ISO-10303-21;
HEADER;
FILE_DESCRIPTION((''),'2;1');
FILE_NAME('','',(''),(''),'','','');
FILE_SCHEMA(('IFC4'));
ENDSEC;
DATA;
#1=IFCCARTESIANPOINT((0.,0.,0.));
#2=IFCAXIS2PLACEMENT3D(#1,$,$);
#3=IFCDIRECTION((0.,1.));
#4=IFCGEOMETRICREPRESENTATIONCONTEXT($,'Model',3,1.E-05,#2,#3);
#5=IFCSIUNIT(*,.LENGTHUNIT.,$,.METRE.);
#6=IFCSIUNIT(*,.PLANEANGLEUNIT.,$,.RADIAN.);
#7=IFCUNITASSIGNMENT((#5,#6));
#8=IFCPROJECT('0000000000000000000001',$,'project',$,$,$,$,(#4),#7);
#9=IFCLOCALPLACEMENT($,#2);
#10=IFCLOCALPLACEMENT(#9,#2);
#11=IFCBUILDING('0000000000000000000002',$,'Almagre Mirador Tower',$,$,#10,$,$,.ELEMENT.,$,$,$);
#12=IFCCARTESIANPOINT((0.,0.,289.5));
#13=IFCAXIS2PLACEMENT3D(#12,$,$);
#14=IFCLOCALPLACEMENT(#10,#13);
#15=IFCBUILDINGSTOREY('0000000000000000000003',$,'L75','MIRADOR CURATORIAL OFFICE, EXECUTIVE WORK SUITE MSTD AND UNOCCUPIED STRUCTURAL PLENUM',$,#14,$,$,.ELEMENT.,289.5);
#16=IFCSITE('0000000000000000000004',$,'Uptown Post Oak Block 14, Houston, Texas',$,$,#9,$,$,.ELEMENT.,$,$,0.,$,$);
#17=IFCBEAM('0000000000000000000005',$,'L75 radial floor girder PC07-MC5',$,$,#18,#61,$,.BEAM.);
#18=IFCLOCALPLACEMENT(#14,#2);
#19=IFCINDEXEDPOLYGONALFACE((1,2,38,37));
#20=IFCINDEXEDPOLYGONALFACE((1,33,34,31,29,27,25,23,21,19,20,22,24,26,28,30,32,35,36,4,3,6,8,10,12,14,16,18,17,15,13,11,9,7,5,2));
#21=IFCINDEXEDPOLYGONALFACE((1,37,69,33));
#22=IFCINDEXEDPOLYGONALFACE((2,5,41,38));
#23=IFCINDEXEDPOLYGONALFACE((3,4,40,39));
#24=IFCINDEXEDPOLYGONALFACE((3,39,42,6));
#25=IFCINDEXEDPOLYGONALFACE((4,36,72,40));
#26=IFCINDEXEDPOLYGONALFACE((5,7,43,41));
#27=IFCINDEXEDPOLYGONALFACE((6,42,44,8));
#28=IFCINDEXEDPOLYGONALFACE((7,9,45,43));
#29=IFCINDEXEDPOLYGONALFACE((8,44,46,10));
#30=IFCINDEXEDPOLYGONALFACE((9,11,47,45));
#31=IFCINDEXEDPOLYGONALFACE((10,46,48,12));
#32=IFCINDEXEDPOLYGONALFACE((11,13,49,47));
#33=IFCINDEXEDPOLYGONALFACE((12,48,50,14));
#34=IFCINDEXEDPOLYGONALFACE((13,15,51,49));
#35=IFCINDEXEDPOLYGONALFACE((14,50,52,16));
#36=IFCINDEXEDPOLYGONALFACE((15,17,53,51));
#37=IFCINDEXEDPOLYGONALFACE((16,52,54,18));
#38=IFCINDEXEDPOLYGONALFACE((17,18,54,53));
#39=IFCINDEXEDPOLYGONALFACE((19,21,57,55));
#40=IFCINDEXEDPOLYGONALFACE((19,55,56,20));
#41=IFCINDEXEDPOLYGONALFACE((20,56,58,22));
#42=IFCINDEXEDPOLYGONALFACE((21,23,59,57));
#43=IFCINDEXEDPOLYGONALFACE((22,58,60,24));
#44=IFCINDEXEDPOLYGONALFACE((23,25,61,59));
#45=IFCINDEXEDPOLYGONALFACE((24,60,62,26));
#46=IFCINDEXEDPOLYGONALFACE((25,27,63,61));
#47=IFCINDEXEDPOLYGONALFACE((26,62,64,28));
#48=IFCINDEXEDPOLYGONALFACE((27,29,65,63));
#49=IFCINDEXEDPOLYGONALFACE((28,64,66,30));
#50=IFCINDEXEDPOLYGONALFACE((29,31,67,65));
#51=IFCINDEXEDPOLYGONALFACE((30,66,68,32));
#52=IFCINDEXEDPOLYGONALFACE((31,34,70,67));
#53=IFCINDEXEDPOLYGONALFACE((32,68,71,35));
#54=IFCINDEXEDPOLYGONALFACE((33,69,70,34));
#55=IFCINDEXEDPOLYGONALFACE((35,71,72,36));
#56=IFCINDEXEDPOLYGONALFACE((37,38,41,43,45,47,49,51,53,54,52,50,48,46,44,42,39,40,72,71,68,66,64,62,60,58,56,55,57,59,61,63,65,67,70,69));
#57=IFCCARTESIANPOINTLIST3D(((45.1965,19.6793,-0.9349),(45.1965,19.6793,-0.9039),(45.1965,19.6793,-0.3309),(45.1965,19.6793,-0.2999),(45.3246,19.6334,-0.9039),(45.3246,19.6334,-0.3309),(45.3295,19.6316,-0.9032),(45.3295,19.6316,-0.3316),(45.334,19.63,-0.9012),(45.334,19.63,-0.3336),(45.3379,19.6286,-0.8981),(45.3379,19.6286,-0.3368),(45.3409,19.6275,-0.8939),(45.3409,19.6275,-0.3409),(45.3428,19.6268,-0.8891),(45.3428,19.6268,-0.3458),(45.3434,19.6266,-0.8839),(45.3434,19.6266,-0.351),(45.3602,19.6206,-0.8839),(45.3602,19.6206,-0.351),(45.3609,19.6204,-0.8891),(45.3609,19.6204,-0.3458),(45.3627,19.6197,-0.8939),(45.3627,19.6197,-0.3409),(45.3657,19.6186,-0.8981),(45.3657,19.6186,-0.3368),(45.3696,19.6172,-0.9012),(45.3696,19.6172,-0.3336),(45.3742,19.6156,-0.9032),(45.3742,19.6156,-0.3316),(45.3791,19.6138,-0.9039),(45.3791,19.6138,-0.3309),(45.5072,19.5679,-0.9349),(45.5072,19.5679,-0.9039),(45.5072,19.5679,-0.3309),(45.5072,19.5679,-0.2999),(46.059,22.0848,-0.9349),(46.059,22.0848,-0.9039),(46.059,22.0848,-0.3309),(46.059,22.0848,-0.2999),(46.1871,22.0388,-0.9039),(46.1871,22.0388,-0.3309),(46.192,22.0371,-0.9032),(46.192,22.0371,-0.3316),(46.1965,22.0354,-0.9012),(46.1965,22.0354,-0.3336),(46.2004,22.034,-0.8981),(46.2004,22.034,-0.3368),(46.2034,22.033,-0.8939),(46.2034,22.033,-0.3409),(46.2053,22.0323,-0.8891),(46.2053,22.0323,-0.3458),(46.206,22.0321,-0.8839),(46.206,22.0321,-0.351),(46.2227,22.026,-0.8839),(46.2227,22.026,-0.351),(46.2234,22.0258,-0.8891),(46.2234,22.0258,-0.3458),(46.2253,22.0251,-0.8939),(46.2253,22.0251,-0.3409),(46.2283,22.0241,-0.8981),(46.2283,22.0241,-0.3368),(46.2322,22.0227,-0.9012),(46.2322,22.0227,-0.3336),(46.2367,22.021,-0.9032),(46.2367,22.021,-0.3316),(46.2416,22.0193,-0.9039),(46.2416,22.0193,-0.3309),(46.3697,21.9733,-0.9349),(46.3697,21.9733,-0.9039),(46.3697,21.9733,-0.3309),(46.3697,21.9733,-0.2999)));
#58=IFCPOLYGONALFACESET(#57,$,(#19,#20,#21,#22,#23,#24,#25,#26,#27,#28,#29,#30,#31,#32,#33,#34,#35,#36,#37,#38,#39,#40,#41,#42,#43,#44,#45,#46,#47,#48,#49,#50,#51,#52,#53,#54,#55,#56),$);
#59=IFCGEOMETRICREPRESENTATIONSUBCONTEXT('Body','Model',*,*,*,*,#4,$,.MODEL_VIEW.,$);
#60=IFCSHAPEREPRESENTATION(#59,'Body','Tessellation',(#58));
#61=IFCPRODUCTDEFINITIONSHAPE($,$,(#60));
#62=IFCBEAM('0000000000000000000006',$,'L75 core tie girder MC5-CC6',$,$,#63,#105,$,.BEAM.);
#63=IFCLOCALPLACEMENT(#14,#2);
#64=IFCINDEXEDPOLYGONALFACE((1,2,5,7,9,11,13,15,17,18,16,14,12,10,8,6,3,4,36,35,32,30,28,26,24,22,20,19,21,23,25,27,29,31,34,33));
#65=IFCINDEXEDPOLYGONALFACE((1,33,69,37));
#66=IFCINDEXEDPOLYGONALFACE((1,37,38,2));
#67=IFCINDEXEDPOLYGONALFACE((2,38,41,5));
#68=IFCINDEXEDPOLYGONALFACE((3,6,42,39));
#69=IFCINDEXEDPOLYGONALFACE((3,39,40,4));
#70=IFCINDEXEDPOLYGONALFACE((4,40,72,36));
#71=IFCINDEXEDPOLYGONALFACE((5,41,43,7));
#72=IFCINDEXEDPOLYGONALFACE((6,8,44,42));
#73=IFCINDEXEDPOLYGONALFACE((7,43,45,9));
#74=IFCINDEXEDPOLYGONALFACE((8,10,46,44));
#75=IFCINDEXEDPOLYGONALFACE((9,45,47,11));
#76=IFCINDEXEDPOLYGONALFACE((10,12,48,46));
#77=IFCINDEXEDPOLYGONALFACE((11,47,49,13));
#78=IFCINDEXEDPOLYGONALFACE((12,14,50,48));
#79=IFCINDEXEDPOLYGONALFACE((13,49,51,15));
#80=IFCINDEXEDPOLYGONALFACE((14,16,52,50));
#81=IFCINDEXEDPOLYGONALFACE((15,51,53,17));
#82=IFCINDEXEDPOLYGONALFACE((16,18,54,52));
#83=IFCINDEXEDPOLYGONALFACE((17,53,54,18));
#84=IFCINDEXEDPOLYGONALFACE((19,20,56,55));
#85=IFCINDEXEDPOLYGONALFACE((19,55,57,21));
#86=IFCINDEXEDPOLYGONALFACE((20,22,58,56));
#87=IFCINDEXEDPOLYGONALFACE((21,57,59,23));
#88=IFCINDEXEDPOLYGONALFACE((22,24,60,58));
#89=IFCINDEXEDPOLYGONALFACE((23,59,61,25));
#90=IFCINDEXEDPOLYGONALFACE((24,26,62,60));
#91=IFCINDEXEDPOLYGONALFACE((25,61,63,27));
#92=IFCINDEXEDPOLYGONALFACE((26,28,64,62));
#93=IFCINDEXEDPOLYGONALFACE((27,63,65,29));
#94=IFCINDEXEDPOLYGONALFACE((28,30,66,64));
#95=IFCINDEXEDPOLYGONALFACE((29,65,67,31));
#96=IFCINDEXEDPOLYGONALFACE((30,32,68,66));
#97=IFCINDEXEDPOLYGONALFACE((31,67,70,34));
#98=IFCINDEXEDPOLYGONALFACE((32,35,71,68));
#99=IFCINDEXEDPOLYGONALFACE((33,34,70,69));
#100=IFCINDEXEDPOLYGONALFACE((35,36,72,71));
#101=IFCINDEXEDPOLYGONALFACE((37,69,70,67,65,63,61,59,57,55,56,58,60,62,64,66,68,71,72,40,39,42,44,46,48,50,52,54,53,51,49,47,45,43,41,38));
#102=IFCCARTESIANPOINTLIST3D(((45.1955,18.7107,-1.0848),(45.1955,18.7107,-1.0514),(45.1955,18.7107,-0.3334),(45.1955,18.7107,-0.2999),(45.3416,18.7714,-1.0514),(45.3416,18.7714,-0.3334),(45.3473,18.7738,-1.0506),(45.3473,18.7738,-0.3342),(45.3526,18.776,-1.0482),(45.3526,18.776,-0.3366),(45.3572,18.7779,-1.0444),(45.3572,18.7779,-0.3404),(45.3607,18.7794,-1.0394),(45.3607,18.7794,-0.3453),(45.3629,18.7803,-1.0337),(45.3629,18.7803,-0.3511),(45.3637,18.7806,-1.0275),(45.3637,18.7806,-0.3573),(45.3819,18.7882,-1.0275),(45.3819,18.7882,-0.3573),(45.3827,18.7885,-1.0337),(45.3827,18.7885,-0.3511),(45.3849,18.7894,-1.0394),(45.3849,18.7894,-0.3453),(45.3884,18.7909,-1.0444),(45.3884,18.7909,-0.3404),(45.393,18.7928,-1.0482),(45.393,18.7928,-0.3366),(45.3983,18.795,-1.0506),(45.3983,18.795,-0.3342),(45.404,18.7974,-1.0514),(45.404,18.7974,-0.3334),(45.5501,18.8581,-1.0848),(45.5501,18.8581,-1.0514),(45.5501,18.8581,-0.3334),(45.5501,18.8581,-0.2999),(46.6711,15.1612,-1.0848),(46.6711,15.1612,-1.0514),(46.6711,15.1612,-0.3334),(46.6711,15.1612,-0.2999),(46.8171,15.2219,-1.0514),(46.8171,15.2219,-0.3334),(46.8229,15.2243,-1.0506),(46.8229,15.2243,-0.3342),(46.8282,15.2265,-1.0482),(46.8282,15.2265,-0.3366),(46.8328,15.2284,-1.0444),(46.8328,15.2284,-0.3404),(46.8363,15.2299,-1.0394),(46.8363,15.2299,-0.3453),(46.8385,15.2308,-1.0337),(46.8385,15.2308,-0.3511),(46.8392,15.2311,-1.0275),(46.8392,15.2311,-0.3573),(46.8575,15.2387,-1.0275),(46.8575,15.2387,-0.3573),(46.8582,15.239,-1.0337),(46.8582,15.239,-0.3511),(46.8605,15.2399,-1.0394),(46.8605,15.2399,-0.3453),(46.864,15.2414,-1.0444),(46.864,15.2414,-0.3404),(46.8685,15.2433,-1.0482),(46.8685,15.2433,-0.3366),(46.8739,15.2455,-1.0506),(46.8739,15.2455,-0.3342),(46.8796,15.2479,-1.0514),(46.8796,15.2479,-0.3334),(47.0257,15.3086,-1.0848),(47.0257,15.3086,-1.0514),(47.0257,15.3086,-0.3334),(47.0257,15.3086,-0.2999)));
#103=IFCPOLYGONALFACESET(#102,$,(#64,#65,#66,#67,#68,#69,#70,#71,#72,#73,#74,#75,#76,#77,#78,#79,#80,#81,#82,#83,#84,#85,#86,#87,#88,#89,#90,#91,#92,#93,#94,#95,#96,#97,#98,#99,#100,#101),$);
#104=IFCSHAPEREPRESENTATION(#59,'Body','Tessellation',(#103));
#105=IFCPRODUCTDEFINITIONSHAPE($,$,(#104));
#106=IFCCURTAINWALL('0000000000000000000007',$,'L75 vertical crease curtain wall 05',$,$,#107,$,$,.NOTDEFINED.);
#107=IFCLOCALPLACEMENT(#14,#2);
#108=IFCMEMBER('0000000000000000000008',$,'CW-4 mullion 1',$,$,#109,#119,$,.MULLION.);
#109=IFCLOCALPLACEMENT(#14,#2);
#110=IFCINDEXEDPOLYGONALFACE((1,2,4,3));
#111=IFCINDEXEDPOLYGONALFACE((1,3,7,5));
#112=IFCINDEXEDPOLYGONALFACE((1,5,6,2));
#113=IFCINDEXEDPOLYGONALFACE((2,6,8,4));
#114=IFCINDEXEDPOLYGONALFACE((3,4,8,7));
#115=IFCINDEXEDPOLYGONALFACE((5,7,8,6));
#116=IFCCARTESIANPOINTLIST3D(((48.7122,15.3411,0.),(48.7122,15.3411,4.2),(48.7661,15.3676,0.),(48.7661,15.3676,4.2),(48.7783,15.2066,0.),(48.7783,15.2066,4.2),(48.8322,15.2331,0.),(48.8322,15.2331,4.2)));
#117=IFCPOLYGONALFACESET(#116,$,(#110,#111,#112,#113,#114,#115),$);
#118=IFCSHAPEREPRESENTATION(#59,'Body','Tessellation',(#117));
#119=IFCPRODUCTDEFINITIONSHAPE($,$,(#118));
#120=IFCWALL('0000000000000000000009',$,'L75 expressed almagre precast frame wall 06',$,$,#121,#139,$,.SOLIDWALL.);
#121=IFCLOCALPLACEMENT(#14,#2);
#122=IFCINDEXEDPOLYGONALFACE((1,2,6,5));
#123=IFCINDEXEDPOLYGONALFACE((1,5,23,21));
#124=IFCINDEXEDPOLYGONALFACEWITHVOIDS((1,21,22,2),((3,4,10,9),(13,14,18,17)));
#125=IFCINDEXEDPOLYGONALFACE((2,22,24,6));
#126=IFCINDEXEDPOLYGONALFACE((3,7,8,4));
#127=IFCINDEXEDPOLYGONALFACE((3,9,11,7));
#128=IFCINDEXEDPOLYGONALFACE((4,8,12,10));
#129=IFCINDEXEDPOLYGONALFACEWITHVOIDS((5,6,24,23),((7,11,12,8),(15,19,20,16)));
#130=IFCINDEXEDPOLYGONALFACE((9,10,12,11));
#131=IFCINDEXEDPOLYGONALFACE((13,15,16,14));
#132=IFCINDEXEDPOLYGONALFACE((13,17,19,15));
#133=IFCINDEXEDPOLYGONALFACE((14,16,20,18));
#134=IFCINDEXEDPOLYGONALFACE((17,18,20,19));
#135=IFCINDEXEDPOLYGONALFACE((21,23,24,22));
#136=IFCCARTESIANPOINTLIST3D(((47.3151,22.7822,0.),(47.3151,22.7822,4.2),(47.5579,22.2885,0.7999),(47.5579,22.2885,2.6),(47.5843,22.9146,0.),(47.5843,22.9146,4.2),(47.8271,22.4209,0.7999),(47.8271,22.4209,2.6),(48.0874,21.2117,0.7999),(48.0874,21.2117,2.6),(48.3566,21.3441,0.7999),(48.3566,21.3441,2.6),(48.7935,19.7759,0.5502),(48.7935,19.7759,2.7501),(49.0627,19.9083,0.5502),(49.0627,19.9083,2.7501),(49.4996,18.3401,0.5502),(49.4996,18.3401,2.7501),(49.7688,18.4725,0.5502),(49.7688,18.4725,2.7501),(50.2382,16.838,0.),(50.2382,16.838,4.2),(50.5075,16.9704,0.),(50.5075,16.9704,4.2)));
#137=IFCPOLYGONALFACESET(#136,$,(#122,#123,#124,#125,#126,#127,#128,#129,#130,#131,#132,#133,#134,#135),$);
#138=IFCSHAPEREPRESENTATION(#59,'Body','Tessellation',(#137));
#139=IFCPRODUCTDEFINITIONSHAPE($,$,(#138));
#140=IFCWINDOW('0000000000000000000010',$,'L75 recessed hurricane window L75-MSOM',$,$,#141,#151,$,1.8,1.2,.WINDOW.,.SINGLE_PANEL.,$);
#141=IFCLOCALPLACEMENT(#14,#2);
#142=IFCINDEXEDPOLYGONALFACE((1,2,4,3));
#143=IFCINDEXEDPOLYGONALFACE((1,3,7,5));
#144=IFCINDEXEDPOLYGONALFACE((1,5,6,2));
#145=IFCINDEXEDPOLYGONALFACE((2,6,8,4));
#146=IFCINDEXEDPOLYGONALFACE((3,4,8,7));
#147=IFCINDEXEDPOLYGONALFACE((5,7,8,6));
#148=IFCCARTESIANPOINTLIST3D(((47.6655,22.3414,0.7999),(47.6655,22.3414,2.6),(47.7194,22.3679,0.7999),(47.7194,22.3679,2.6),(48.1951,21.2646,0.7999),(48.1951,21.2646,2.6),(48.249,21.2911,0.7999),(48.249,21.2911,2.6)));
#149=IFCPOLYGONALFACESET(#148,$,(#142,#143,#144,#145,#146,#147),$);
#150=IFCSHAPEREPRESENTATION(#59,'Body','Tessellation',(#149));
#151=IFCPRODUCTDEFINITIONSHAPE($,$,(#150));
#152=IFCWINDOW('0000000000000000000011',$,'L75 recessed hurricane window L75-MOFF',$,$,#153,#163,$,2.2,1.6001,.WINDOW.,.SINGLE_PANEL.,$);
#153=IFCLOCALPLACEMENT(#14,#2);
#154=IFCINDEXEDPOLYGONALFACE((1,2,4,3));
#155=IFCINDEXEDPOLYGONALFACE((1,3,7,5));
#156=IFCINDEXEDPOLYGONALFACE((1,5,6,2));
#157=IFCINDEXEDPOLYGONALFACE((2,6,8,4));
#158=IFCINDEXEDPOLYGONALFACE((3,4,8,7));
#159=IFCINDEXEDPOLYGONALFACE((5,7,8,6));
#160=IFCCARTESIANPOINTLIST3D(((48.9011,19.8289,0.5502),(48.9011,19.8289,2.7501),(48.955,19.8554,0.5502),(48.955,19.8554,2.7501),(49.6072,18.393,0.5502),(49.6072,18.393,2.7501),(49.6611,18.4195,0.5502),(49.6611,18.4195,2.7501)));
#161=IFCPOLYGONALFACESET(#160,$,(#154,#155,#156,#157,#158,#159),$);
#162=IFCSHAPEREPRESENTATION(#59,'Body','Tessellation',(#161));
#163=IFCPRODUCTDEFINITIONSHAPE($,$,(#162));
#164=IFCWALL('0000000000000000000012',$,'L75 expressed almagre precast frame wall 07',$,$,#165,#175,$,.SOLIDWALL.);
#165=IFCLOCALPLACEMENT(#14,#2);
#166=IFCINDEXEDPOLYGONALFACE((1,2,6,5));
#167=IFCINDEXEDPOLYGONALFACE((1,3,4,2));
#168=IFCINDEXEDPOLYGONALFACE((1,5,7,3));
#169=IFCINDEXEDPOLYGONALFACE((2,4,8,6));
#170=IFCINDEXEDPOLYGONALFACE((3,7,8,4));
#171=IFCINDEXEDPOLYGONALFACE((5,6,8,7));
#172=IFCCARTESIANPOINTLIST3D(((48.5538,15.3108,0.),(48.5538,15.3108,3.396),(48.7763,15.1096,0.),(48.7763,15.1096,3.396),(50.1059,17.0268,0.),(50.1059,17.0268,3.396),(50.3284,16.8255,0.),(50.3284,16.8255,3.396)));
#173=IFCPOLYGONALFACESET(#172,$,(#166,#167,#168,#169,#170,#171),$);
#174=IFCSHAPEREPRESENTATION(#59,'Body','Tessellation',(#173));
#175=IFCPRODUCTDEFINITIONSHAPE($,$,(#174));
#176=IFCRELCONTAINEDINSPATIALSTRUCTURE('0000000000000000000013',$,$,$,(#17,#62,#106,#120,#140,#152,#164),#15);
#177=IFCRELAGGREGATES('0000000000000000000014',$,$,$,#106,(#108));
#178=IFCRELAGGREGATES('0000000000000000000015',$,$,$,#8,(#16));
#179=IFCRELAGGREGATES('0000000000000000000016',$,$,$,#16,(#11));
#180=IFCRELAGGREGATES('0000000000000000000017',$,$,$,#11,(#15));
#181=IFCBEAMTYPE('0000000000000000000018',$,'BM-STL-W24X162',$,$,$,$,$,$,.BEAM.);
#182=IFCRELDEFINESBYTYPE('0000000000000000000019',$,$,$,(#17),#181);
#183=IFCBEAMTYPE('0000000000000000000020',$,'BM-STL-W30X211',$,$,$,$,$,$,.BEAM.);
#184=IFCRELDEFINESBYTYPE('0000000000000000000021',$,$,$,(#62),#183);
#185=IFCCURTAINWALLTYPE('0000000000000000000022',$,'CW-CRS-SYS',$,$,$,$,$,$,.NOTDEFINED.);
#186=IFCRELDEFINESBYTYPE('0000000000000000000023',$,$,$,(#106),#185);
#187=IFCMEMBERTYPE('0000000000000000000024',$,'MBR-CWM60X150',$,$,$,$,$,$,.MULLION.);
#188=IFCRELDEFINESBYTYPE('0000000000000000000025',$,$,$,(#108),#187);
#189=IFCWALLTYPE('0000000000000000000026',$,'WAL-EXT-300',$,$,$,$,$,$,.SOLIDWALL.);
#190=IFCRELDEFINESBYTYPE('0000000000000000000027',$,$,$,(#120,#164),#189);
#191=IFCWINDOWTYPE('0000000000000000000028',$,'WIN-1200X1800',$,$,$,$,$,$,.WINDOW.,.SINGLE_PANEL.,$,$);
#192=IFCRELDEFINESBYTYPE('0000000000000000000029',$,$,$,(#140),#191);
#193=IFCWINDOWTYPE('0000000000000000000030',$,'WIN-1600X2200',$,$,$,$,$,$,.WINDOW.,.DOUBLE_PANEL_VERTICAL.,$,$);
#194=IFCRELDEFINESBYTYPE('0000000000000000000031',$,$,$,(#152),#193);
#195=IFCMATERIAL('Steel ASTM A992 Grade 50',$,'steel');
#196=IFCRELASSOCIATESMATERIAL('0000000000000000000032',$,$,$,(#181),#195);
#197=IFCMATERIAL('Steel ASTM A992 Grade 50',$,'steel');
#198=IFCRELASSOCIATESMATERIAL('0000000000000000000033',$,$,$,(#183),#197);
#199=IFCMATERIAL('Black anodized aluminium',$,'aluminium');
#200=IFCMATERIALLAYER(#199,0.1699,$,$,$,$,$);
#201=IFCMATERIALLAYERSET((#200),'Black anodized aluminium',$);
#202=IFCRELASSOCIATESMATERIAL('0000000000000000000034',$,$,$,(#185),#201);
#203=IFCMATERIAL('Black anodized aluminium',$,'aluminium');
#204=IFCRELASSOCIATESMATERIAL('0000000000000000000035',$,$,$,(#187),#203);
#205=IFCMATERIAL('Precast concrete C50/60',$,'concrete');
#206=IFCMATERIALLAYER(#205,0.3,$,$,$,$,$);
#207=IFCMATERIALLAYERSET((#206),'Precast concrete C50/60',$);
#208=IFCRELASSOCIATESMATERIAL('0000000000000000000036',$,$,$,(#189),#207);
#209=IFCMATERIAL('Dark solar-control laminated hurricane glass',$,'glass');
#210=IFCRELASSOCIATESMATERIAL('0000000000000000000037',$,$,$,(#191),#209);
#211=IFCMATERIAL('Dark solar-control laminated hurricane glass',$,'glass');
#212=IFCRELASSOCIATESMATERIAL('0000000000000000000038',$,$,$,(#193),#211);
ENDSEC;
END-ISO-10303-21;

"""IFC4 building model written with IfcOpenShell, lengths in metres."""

from ifc_helpers import new_model, si_unit, direction, frame, frame_2d, origin, origin_2d, place, context, subcontext, project, spatial, rectangle, i_section, extrude, material, layer, layer_set, material_profile, profile_set, type_object, element, fill, aggregate, save


model = new_model("IFC4")

# Units and contexts
model_context = context("Model", 3, precision=1e-05, world=origin(), true_north=direction((0.0, 1.0)))
body_context = subcontext(model_context, "Body", "Model", "MODEL_VIEW")
ifc_project = project(units=[si_unit("LENGTHUNIT", "METRE"), si_unit("PLANEANGLEUNIT", "RADIAN")], contexts=[model_context])

# Site, building, storey
site_placement = place(None, origin())
site = spatial("IfcSite", under=ifc_project, at=site_placement, Name="Uptown Post Oak Block 14, Houston, Texas", CompositionType="ELEMENT", RefElevation=0.0)
building_placement = place(site_placement, origin())
building = spatial("IfcBuilding", under=site, at=building_placement, Name="Almagre Mirador Tower", CompositionType="ELEMENT")
storey_placement = place(building_placement, frame((0.0, 0.0, 289.5)))
storey = spatial("IfcBuildingStorey", under=building, at=storey_placement, Name="L75", Description="MIRADOR CURATORIAL OFFICE, EXECUTIVE WORK SUITE MSTD AND UNOCCUPIED STRUCTURAL PLENUM", CompositionType="ELEMENT", Elevation=289.5)

# Beams
ifc_material_1 = material(Name="Steel ASTM A992 Grade 50", Category="steel")
ifc_material_profile_1 = material_profile(ifc_material_1, i_section(OverallWidth=0.3301, OverallDepth=0.635, WebThickness=0.0178, FlangeThickness=0.031, FilletRadius=0.02, at=origin_2d()), Name="W24X162")
ifc_profile_set_1 = profile_set([ifc_material_profile_1], Name="Steel ASTM A992 Grade 50")
beam_type_1 = type_object("IfcBeamType", Name="BM-STL-W24X162", PredefinedType="BEAM", material=ifc_profile_set_1)
beam_1_placement = place(storey_placement, frame((46.2144, 22.0291, -0.6174), z_axis=(-0.337528, -0.941315, 0.0), x_axis=(0.941315, -0.337528, 0.0)))
element("IfcBeam", 1, at=beam_1_placement, inside=storey, type_object=beam_type_1, Name="L75 radial floor girder PC07-MC5", PredefinedType="BEAM", context=body_context, shape_type="SweptSolid", body=[
    extrude(i_section(OverallWidth=0.3301, OverallDepth=0.635, WebThickness=0.0178, FlangeThickness=0.031, FilletRadius=0.02, at=origin_2d()), origin(), (0.0, 0.0, 1.0), 2.5554),
])
ifc_material_2 = material(Name="Steel ASTM A992 Grade 50", Category="steel")
ifc_material_profile_2 = material_profile(ifc_material_2, i_section(OverallWidth=0.384, OverallDepth=0.7849, WebThickness=0.0198, FlangeThickness=0.0334, FilletRadius=0.0239, at=origin_2d()), Name="W30X211")
ifc_profile_set_2 = profile_set([ifc_material_profile_2], Name="Steel ASTM A992 Grade 50")
beam_type_2 = type_object("IfcBeamType", Name="BM-STL-W30X211", PredefinedType="BEAM", material=ifc_profile_set_2)
beam_2_placement = place(storey_placement, frame((45.3728, 18.7844, -0.6924), z_axis=(0.383862, -0.92339, 0.0), x_axis=(0.92339, 0.383862, 0.0)))
element("IfcBeam", 2, at=beam_2_placement, inside=storey, type_object=beam_type_2, Name="L75 core tie girder MC5-CC6", PredefinedType="BEAM", context=body_context, shape_type="SweptSolid", body=[
    extrude(i_section(OverallWidth=0.384, OverallDepth=0.7849, WebThickness=0.0198, FlangeThickness=0.0334, FilletRadius=0.0239, at=origin_2d()), origin(), (0.0, 0.0, 1.0), 3.844),
])

# Curtain wall, member
ifc_material_3 = material(Name="Black anodized aluminium", Category="aluminium")
ifc_layer_1 = layer(ifc_material_3, 0.1699)
ifc_layer_set_1 = layer_set([ifc_layer_1], Name="Black anodized aluminium")
curtain_wall_type = type_object("IfcCurtainWallType", Name="CW-CRS-SYS", PredefinedType="NOTDEFINED", material=ifc_layer_set_1)
curtain_wall_placement = place(storey_placement, origin())
curtain_wall = element("IfcCurtainWall", 3, at=curtain_wall_placement, inside=storey, type_object=curtain_wall_type, Name="L75 vertical crease curtain wall 05", PredefinedType="NOTDEFINED")
ifc_material_4 = material(Name="Black anodized aluminium", Category="aluminium")
ifc_material_profile_3 = material_profile(ifc_material_4, rectangle(XDim=0.0601, YDim=0.1499, at=origin_2d()), Name="CWM60X150")
ifc_profile_set_3 = profile_set([ifc_material_profile_3], Name="Black anodized aluminium")
member_type = type_object("IfcMemberType", Name="MBR-CWM60X150", PredefinedType="MULLION", material=ifc_profile_set_3)
member_placement = place(storey_placement, frame((48.7722, 15.2871, 0.0), z_axis=(0.0, 0.0, 1.0), x_axis=(0.897468, 0.44108, 0.0)))
member = element("IfcMember", 4, at=member_placement, type_object=member_type, Name="CW-4 mullion 1", PredefinedType="MULLION", context=body_context, shape_type="SweptSolid", body=[
    extrude(rectangle(XDim=0.0601, YDim=0.1499, at=origin_2d()), origin(), (0.0, 0.0, 1.0), 4.2),
])
aggregate(curtain_wall, [member])

# Wall, openings, windows
ifc_material_5 = material(Name="Precast concrete C50/60", Category="concrete")
ifc_layer_2 = layer(ifc_material_5, 0.3)
ifc_layer_set_2 = layer_set([ifc_layer_2], Name="Precast concrete C50/60")
wall_type_1 = type_object("IfcWallType", Name="WAL-EXT-300", PredefinedType="SOLIDWALL", material=ifc_layer_set_2)
wall_1_placement = place(storey_placement, frame((47.4497, 22.8484, 0.0), z_axis=(0.0, 0.0, 1.0), x_axis=(0.441292, -0.897364, 0.0)))
wall_1 = element("IfcWall", 5, at=wall_1_placement, inside=storey, type_object=wall_type_1, Name="L75 expressed almagre precast frame wall 06", PredefinedType="SOLIDWALL", context=body_context, shape_type="SweptSolid", body=[
    extrude(rectangle(XDim=6.624, YDim=0.3, at=frame_2d((3.312, 0.0))), origin(), (0.0, 0.0, 1.0), 4.2),
])
opening_1_placement = place(wall_1_placement, frame((0.55, 0.0, 0.8)))
opening_1 = element("IfcOpeningElement", 6, at=opening_1_placement, cuts=wall_1, PredefinedType="OPENING", context=body_context, shape_type="SweptSolid", body=[
    extrude(rectangle(XDim=1.2, YDim=1.8, at=frame_2d((0.6001, 0.8999))), frame((0.0, 0.1599, 0.0), z_axis=(0.0, -1.0, 0.0), x_axis=(1.0, 0.0, 0.0)), (0.0, 0.0, 1.0), 0.32),
])
opening_2_placement = place(wall_1_placement, frame((3.3501, 0.0, 0.55)))
opening_2 = element("IfcOpeningElement", 7, at=opening_2_placement, cuts=wall_1, PredefinedType="OPENING", context=body_context, shape_type="SweptSolid", body=[
    extrude(rectangle(XDim=1.6001, YDim=2.2, at=frame_2d((0.8, 1.1001))), frame((0.0, 0.1599, 0.0), z_axis=(0.0, -1.0, 0.0), x_axis=(1.0, 0.0, 0.0)), (0.0, 0.0, 1.0), 0.32),
])
ifc_material_6 = material(Name="Dark solar-control laminated hurricane glass", Category="glass")
window_type_1 = type_object("IfcWindowType", Name="WIN-1200X1800", PartitioningType="SINGLE_PANEL", PredefinedType="WINDOW", material=ifc_material_6)
window_1_placement = place(opening_1_placement, origin())
window_1 = element("IfcWindow", 8, at=window_1_placement, inside=storey, type_object=window_type_1, Name="L75 recessed hurricane window L75-MSOM", OverallHeight=1.8, OverallWidth=1.2, PartitioningType="SINGLE_PANEL", PredefinedType="WINDOW", context=body_context, shape_type="SweptSolid", body=[
    extrude(rectangle(XDim=1.2, YDim=1.8, at=frame_2d((0.6001, 0.8999))), frame((0.0, 0.03, 0.0), z_axis=(0.0, -1.0, 0.0), x_axis=(1.0, 0.0, 0.0)), (0.0, 0.0, 1.0), 0.0601),
])
fill(opening_1, window_1)
ifc_material_7 = material(Name="Dark solar-control laminated hurricane glass", Category="glass")
window_type_2 = type_object("IfcWindowType", Name="WIN-1600X2200", PartitioningType="DOUBLE_PANEL_VERTICAL", PredefinedType="WINDOW", material=ifc_material_7)
window_2_placement = place(opening_2_placement, origin())
window_2 = element("IfcWindow", 9, at=window_2_placement, inside=storey, type_object=window_type_2, Name="L75 recessed hurricane window L75-MOFF", OverallHeight=2.2, OverallWidth=1.6001, PartitioningType="SINGLE_PANEL", PredefinedType="WINDOW", context=body_context, shape_type="SweptSolid", body=[
    extrude(rectangle(XDim=1.6001, YDim=2.2, at=frame_2d((0.8, 1.1001))), frame((0.0, 0.03, 0.0), z_axis=(0.0, -1.0, 0.0), x_axis=(1.0, 0.0, 0.0)), (0.0, 0.0, 1.0), 0.0601),
])
fill(opening_2, window_2)

# Wall
wall_2_placement = place(storey_placement, frame((50.217, 16.926, 0.0), z_axis=(0.0, 0.0, 1.0), x_axis=(-0.670817, -0.741623, 0.0)))
element("IfcWall", 10, at=wall_2_placement, inside=storey, type_object=wall_type_1, Name="L75 expressed almagre precast frame wall 07", PredefinedType="SOLIDWALL", context=body_context, shape_type="SweptSolid", body=[
    extrude(rectangle(XDim=2.3137, YDim=0.3, at=frame_2d((1.1567, 0.0))), origin(), (0.0, 0.0, 1.0), 3.396),
])

save(model, "model.ifc")
